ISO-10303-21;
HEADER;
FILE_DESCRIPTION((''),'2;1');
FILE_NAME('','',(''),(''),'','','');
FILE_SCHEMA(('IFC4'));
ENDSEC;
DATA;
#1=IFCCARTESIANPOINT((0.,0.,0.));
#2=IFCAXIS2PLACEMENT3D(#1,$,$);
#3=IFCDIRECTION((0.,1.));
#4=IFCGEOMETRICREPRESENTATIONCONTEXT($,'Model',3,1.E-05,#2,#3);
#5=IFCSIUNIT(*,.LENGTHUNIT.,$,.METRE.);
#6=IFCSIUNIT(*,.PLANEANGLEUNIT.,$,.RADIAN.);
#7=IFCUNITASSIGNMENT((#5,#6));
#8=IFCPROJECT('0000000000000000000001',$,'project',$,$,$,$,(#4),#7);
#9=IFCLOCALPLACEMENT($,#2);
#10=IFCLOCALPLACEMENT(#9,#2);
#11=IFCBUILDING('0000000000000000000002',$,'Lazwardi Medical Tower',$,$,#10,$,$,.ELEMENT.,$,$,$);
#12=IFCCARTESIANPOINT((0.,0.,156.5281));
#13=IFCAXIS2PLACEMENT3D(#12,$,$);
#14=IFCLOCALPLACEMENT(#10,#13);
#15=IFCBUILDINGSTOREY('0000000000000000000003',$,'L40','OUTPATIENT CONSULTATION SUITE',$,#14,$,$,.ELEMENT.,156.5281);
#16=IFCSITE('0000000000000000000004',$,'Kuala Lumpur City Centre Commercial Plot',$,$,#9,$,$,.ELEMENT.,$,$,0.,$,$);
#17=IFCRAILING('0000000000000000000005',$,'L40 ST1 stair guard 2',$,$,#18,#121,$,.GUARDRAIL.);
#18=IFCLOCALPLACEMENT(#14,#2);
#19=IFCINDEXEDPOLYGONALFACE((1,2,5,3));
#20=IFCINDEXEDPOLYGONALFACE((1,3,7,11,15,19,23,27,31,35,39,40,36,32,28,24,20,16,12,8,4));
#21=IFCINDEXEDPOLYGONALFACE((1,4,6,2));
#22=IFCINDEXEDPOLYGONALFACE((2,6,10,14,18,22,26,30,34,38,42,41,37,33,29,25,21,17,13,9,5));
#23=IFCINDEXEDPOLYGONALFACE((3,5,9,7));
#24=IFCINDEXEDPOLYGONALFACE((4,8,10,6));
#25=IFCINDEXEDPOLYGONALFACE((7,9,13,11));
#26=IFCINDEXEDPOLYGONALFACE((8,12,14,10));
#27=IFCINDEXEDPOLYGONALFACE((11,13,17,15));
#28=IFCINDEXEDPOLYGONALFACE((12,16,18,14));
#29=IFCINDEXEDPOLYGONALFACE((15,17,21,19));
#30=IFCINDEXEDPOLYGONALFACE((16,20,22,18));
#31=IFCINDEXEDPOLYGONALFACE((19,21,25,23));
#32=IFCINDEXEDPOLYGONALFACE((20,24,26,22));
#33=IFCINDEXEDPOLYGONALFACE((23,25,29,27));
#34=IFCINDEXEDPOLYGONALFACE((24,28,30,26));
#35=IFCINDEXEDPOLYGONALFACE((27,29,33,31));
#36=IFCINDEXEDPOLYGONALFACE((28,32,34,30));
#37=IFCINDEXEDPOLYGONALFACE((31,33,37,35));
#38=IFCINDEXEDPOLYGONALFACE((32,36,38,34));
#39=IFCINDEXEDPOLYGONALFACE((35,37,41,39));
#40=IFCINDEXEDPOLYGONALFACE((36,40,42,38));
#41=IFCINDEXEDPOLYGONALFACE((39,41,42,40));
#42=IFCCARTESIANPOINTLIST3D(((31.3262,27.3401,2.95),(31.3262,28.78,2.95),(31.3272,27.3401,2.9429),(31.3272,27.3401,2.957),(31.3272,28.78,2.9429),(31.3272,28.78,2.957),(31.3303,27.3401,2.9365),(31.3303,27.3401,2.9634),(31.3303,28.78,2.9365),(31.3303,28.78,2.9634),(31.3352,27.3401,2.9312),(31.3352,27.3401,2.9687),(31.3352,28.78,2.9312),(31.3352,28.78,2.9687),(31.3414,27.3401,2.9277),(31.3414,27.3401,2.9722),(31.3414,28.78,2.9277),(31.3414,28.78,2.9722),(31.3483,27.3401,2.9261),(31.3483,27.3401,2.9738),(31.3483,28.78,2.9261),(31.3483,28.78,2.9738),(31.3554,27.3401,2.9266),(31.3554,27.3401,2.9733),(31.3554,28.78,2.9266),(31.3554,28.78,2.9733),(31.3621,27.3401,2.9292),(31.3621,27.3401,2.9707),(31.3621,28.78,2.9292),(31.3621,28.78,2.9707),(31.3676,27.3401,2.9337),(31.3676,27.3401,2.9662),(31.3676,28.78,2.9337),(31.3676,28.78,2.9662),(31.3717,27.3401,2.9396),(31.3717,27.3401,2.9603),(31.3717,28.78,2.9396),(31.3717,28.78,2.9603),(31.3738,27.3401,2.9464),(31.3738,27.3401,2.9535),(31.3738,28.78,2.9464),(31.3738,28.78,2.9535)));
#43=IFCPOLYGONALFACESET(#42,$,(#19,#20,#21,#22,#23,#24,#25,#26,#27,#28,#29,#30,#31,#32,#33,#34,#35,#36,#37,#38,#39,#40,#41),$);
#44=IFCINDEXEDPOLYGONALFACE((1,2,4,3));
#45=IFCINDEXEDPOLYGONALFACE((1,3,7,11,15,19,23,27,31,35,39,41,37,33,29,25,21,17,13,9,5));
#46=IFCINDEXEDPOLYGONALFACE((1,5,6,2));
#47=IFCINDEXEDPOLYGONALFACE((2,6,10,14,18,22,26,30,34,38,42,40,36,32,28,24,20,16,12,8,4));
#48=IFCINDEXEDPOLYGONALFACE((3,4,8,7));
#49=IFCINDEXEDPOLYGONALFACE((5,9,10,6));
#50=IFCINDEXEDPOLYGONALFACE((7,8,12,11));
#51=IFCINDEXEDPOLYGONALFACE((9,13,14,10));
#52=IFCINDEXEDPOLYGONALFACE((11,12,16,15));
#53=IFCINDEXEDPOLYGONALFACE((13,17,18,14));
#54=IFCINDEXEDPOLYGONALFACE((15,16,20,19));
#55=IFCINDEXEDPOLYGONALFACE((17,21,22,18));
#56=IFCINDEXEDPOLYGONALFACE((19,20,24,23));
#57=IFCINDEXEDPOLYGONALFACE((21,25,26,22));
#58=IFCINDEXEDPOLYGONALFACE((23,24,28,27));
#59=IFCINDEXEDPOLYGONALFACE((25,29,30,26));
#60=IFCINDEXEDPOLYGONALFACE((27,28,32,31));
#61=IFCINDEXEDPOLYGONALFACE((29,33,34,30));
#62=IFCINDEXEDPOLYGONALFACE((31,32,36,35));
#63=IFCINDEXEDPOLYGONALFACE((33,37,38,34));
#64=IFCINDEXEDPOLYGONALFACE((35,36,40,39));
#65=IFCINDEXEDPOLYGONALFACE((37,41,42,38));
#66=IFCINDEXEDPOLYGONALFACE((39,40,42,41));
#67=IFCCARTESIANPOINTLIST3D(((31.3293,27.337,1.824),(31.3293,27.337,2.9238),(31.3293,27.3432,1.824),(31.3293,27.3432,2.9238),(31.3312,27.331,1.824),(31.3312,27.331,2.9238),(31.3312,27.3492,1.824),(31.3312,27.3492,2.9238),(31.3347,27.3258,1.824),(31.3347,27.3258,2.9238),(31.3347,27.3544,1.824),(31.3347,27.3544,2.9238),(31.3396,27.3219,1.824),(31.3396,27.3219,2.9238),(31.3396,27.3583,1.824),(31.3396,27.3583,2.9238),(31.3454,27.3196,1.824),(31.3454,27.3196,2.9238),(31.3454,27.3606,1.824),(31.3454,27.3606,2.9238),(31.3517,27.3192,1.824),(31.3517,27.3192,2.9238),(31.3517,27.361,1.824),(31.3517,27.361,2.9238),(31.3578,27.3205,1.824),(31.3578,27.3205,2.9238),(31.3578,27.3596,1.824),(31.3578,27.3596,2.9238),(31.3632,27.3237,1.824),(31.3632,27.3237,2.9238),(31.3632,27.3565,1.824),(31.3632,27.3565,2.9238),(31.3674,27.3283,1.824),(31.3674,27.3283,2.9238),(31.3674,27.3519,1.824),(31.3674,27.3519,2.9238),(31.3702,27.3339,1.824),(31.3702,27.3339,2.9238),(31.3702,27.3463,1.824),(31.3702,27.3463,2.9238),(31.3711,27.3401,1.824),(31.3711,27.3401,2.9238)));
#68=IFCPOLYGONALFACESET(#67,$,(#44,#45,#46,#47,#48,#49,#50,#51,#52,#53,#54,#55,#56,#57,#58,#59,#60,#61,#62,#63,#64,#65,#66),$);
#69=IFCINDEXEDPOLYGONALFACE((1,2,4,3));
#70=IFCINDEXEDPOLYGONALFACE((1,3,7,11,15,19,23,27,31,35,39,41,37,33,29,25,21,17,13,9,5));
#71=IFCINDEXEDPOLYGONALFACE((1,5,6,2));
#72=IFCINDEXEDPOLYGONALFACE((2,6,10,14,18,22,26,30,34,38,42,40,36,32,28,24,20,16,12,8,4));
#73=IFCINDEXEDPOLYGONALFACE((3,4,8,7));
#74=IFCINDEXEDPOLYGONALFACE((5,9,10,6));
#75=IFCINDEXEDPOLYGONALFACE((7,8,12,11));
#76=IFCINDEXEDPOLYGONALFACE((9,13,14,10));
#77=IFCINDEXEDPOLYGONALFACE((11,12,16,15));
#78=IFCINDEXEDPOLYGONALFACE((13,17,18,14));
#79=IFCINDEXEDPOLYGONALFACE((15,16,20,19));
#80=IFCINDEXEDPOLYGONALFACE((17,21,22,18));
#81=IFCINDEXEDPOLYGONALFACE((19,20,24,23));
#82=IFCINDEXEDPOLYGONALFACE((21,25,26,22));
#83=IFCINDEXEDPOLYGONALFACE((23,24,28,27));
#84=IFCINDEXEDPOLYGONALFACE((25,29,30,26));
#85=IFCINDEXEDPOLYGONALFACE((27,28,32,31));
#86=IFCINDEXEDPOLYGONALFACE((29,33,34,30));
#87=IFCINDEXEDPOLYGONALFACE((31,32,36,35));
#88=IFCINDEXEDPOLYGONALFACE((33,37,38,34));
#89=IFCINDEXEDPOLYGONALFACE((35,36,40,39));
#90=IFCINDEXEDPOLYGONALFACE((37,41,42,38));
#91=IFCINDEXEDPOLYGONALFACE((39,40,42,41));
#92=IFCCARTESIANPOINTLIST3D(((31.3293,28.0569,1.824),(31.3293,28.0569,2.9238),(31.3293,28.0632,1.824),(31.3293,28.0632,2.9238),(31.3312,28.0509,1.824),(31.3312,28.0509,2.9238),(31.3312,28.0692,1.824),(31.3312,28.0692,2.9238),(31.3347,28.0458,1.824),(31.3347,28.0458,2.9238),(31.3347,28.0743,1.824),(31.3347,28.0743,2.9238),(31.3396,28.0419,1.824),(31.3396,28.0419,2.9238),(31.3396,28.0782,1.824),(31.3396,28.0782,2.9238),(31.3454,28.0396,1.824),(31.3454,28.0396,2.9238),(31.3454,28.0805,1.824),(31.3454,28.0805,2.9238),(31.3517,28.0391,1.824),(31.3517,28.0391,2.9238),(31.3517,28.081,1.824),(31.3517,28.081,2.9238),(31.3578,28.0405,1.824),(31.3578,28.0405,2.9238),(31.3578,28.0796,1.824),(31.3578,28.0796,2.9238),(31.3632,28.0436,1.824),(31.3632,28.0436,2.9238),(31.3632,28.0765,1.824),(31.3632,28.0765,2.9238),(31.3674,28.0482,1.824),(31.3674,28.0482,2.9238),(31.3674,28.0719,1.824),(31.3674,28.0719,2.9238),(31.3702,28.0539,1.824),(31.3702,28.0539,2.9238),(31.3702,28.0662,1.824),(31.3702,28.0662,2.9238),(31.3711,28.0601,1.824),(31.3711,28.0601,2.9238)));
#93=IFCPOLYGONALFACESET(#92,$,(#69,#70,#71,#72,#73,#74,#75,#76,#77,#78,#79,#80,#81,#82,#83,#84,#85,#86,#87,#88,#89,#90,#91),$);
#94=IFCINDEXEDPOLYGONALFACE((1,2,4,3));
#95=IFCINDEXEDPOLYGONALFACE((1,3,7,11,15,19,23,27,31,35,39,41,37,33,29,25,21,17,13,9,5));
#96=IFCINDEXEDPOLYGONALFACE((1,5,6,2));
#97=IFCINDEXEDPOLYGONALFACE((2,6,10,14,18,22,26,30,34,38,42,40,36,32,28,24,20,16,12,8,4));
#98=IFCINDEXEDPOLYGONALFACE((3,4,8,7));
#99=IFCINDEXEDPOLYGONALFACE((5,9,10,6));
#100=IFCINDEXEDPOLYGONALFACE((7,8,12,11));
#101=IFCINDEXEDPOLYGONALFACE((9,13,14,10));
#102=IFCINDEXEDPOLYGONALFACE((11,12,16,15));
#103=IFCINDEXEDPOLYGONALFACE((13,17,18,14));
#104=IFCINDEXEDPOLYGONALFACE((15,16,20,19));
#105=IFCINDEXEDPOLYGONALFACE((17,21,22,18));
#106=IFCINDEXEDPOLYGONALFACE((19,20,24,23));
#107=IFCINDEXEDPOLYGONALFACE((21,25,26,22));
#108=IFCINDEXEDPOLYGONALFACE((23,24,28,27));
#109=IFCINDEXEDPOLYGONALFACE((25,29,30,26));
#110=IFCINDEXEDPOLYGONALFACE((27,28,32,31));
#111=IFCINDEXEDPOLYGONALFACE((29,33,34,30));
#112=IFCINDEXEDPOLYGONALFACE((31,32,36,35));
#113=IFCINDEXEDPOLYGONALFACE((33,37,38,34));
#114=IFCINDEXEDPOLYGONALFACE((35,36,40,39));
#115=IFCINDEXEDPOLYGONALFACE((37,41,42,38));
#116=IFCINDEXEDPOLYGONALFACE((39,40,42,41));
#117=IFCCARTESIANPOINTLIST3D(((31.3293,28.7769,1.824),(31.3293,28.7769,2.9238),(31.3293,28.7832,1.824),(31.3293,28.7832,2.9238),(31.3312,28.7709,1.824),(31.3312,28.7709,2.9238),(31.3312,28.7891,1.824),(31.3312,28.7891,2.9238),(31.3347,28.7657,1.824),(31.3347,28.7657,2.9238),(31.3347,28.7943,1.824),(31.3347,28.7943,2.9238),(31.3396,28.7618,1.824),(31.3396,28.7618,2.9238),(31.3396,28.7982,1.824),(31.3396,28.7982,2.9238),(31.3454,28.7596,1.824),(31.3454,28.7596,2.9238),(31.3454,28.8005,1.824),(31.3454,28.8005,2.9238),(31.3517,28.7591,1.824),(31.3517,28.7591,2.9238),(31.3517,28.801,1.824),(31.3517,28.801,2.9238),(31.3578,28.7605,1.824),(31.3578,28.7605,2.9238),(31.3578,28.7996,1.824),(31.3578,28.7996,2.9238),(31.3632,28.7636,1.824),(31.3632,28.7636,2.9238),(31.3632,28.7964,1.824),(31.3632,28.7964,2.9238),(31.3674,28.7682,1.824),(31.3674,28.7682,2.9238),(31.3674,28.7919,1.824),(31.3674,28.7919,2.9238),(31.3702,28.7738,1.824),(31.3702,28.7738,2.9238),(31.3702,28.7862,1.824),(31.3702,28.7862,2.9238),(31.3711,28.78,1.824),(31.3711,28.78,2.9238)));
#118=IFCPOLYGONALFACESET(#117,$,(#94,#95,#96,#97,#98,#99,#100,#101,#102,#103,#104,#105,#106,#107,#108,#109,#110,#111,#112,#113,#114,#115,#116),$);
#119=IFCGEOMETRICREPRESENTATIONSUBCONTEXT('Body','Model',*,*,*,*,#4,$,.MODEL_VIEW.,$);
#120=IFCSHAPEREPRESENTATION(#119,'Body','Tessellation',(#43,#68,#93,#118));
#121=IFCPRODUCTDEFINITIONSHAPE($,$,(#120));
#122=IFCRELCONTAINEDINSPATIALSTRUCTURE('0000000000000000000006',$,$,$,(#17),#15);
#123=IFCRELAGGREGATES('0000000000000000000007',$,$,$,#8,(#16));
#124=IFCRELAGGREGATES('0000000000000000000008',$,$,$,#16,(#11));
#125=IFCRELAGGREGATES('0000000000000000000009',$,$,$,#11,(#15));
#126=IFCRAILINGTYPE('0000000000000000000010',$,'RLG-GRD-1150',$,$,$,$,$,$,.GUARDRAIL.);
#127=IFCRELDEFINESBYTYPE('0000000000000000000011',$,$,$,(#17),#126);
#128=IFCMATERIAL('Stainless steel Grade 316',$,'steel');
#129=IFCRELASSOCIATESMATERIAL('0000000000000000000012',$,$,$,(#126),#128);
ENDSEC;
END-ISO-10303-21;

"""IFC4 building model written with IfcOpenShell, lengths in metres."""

from ifc_helpers import new_model, si_unit, direction, frame, origin, origin_2d, place, context, subcontext, project, spatial, circle, extrude, material, type_object, element, save


model = new_model("IFC4")

# Units and contexts
model_context = context("Model", 3, precision=1e-05, world=origin(), true_north=direction((0.0, 1.0)))
body_context = subcontext(model_context, "Body", "Model", "MODEL_VIEW")
ifc_project = project(units=[si_unit("LENGTHUNIT", "METRE"), si_unit("PLANEANGLEUNIT", "RADIAN")], contexts=[model_context])

# Site, building, storey
site_placement = place(None, origin())
site = spatial("IfcSite", under=ifc_project, at=site_placement, Name="Kuala Lumpur City Centre Commercial Plot", CompositionType="ELEMENT", RefElevation=0.0)
building_placement = place(site_placement, origin())
building = spatial("IfcBuilding", under=site, at=building_placement, Name="Lazwardi Medical Tower", CompositionType="ELEMENT")
storey_placement = place(building_placement, frame((0.0, 0.0, 156.5281)))
storey = spatial("IfcBuildingStorey", under=building, at=storey_placement, Name="L40", Description="OUTPATIENT CONSULTATION SUITE", CompositionType="ELEMENT", Elevation=156.5281)

# Railing
ifc_material_1 = material(Name="Stainless steel Grade 316", Category="steel")
railing_type_1 = type_object("IfcRailingType", Name="RLG-GRD-1150", PredefinedType="GUARDRAIL", material=ifc_material_1)
railing_1_placement = place(storey_placement, frame((31.3501, 27.3401, 1.824)))
element("IfcRailing", 1, at=railing_1_placement, inside=storey, type_object=railing_type_1, Name="L40 ST1 stair guard 2", PredefinedType="GUARDRAIL", context=body_context, shape_type="SweptSolid", body=[
    extrude(circle(Radius=0.0239, at=origin_2d()), frame((0.0, 0.0, 1.126), z_axis=(0.0, 1.0, 0.0), x_axis=(-1.0, 0.0, 0.0)), (0.0, 0.0, 1.0), 1.4399),
    extrude(circle(Radius=0.021, at=origin_2d()), origin(), (0.0, 0.0, 1.0), 1.0999),
    extrude(circle(Radius=0.021, at=origin_2d()), frame((0.0, 0.72, 0.0)), (0.0, 0.0, 1.0), 1.0999),
    extrude(circle(Radius=0.021, at=origin_2d()), frame((0.0, 1.4399, 0.0)), (0.0, 0.0, 1.0), 1.0999),
])

save(model, "model.ifc")
